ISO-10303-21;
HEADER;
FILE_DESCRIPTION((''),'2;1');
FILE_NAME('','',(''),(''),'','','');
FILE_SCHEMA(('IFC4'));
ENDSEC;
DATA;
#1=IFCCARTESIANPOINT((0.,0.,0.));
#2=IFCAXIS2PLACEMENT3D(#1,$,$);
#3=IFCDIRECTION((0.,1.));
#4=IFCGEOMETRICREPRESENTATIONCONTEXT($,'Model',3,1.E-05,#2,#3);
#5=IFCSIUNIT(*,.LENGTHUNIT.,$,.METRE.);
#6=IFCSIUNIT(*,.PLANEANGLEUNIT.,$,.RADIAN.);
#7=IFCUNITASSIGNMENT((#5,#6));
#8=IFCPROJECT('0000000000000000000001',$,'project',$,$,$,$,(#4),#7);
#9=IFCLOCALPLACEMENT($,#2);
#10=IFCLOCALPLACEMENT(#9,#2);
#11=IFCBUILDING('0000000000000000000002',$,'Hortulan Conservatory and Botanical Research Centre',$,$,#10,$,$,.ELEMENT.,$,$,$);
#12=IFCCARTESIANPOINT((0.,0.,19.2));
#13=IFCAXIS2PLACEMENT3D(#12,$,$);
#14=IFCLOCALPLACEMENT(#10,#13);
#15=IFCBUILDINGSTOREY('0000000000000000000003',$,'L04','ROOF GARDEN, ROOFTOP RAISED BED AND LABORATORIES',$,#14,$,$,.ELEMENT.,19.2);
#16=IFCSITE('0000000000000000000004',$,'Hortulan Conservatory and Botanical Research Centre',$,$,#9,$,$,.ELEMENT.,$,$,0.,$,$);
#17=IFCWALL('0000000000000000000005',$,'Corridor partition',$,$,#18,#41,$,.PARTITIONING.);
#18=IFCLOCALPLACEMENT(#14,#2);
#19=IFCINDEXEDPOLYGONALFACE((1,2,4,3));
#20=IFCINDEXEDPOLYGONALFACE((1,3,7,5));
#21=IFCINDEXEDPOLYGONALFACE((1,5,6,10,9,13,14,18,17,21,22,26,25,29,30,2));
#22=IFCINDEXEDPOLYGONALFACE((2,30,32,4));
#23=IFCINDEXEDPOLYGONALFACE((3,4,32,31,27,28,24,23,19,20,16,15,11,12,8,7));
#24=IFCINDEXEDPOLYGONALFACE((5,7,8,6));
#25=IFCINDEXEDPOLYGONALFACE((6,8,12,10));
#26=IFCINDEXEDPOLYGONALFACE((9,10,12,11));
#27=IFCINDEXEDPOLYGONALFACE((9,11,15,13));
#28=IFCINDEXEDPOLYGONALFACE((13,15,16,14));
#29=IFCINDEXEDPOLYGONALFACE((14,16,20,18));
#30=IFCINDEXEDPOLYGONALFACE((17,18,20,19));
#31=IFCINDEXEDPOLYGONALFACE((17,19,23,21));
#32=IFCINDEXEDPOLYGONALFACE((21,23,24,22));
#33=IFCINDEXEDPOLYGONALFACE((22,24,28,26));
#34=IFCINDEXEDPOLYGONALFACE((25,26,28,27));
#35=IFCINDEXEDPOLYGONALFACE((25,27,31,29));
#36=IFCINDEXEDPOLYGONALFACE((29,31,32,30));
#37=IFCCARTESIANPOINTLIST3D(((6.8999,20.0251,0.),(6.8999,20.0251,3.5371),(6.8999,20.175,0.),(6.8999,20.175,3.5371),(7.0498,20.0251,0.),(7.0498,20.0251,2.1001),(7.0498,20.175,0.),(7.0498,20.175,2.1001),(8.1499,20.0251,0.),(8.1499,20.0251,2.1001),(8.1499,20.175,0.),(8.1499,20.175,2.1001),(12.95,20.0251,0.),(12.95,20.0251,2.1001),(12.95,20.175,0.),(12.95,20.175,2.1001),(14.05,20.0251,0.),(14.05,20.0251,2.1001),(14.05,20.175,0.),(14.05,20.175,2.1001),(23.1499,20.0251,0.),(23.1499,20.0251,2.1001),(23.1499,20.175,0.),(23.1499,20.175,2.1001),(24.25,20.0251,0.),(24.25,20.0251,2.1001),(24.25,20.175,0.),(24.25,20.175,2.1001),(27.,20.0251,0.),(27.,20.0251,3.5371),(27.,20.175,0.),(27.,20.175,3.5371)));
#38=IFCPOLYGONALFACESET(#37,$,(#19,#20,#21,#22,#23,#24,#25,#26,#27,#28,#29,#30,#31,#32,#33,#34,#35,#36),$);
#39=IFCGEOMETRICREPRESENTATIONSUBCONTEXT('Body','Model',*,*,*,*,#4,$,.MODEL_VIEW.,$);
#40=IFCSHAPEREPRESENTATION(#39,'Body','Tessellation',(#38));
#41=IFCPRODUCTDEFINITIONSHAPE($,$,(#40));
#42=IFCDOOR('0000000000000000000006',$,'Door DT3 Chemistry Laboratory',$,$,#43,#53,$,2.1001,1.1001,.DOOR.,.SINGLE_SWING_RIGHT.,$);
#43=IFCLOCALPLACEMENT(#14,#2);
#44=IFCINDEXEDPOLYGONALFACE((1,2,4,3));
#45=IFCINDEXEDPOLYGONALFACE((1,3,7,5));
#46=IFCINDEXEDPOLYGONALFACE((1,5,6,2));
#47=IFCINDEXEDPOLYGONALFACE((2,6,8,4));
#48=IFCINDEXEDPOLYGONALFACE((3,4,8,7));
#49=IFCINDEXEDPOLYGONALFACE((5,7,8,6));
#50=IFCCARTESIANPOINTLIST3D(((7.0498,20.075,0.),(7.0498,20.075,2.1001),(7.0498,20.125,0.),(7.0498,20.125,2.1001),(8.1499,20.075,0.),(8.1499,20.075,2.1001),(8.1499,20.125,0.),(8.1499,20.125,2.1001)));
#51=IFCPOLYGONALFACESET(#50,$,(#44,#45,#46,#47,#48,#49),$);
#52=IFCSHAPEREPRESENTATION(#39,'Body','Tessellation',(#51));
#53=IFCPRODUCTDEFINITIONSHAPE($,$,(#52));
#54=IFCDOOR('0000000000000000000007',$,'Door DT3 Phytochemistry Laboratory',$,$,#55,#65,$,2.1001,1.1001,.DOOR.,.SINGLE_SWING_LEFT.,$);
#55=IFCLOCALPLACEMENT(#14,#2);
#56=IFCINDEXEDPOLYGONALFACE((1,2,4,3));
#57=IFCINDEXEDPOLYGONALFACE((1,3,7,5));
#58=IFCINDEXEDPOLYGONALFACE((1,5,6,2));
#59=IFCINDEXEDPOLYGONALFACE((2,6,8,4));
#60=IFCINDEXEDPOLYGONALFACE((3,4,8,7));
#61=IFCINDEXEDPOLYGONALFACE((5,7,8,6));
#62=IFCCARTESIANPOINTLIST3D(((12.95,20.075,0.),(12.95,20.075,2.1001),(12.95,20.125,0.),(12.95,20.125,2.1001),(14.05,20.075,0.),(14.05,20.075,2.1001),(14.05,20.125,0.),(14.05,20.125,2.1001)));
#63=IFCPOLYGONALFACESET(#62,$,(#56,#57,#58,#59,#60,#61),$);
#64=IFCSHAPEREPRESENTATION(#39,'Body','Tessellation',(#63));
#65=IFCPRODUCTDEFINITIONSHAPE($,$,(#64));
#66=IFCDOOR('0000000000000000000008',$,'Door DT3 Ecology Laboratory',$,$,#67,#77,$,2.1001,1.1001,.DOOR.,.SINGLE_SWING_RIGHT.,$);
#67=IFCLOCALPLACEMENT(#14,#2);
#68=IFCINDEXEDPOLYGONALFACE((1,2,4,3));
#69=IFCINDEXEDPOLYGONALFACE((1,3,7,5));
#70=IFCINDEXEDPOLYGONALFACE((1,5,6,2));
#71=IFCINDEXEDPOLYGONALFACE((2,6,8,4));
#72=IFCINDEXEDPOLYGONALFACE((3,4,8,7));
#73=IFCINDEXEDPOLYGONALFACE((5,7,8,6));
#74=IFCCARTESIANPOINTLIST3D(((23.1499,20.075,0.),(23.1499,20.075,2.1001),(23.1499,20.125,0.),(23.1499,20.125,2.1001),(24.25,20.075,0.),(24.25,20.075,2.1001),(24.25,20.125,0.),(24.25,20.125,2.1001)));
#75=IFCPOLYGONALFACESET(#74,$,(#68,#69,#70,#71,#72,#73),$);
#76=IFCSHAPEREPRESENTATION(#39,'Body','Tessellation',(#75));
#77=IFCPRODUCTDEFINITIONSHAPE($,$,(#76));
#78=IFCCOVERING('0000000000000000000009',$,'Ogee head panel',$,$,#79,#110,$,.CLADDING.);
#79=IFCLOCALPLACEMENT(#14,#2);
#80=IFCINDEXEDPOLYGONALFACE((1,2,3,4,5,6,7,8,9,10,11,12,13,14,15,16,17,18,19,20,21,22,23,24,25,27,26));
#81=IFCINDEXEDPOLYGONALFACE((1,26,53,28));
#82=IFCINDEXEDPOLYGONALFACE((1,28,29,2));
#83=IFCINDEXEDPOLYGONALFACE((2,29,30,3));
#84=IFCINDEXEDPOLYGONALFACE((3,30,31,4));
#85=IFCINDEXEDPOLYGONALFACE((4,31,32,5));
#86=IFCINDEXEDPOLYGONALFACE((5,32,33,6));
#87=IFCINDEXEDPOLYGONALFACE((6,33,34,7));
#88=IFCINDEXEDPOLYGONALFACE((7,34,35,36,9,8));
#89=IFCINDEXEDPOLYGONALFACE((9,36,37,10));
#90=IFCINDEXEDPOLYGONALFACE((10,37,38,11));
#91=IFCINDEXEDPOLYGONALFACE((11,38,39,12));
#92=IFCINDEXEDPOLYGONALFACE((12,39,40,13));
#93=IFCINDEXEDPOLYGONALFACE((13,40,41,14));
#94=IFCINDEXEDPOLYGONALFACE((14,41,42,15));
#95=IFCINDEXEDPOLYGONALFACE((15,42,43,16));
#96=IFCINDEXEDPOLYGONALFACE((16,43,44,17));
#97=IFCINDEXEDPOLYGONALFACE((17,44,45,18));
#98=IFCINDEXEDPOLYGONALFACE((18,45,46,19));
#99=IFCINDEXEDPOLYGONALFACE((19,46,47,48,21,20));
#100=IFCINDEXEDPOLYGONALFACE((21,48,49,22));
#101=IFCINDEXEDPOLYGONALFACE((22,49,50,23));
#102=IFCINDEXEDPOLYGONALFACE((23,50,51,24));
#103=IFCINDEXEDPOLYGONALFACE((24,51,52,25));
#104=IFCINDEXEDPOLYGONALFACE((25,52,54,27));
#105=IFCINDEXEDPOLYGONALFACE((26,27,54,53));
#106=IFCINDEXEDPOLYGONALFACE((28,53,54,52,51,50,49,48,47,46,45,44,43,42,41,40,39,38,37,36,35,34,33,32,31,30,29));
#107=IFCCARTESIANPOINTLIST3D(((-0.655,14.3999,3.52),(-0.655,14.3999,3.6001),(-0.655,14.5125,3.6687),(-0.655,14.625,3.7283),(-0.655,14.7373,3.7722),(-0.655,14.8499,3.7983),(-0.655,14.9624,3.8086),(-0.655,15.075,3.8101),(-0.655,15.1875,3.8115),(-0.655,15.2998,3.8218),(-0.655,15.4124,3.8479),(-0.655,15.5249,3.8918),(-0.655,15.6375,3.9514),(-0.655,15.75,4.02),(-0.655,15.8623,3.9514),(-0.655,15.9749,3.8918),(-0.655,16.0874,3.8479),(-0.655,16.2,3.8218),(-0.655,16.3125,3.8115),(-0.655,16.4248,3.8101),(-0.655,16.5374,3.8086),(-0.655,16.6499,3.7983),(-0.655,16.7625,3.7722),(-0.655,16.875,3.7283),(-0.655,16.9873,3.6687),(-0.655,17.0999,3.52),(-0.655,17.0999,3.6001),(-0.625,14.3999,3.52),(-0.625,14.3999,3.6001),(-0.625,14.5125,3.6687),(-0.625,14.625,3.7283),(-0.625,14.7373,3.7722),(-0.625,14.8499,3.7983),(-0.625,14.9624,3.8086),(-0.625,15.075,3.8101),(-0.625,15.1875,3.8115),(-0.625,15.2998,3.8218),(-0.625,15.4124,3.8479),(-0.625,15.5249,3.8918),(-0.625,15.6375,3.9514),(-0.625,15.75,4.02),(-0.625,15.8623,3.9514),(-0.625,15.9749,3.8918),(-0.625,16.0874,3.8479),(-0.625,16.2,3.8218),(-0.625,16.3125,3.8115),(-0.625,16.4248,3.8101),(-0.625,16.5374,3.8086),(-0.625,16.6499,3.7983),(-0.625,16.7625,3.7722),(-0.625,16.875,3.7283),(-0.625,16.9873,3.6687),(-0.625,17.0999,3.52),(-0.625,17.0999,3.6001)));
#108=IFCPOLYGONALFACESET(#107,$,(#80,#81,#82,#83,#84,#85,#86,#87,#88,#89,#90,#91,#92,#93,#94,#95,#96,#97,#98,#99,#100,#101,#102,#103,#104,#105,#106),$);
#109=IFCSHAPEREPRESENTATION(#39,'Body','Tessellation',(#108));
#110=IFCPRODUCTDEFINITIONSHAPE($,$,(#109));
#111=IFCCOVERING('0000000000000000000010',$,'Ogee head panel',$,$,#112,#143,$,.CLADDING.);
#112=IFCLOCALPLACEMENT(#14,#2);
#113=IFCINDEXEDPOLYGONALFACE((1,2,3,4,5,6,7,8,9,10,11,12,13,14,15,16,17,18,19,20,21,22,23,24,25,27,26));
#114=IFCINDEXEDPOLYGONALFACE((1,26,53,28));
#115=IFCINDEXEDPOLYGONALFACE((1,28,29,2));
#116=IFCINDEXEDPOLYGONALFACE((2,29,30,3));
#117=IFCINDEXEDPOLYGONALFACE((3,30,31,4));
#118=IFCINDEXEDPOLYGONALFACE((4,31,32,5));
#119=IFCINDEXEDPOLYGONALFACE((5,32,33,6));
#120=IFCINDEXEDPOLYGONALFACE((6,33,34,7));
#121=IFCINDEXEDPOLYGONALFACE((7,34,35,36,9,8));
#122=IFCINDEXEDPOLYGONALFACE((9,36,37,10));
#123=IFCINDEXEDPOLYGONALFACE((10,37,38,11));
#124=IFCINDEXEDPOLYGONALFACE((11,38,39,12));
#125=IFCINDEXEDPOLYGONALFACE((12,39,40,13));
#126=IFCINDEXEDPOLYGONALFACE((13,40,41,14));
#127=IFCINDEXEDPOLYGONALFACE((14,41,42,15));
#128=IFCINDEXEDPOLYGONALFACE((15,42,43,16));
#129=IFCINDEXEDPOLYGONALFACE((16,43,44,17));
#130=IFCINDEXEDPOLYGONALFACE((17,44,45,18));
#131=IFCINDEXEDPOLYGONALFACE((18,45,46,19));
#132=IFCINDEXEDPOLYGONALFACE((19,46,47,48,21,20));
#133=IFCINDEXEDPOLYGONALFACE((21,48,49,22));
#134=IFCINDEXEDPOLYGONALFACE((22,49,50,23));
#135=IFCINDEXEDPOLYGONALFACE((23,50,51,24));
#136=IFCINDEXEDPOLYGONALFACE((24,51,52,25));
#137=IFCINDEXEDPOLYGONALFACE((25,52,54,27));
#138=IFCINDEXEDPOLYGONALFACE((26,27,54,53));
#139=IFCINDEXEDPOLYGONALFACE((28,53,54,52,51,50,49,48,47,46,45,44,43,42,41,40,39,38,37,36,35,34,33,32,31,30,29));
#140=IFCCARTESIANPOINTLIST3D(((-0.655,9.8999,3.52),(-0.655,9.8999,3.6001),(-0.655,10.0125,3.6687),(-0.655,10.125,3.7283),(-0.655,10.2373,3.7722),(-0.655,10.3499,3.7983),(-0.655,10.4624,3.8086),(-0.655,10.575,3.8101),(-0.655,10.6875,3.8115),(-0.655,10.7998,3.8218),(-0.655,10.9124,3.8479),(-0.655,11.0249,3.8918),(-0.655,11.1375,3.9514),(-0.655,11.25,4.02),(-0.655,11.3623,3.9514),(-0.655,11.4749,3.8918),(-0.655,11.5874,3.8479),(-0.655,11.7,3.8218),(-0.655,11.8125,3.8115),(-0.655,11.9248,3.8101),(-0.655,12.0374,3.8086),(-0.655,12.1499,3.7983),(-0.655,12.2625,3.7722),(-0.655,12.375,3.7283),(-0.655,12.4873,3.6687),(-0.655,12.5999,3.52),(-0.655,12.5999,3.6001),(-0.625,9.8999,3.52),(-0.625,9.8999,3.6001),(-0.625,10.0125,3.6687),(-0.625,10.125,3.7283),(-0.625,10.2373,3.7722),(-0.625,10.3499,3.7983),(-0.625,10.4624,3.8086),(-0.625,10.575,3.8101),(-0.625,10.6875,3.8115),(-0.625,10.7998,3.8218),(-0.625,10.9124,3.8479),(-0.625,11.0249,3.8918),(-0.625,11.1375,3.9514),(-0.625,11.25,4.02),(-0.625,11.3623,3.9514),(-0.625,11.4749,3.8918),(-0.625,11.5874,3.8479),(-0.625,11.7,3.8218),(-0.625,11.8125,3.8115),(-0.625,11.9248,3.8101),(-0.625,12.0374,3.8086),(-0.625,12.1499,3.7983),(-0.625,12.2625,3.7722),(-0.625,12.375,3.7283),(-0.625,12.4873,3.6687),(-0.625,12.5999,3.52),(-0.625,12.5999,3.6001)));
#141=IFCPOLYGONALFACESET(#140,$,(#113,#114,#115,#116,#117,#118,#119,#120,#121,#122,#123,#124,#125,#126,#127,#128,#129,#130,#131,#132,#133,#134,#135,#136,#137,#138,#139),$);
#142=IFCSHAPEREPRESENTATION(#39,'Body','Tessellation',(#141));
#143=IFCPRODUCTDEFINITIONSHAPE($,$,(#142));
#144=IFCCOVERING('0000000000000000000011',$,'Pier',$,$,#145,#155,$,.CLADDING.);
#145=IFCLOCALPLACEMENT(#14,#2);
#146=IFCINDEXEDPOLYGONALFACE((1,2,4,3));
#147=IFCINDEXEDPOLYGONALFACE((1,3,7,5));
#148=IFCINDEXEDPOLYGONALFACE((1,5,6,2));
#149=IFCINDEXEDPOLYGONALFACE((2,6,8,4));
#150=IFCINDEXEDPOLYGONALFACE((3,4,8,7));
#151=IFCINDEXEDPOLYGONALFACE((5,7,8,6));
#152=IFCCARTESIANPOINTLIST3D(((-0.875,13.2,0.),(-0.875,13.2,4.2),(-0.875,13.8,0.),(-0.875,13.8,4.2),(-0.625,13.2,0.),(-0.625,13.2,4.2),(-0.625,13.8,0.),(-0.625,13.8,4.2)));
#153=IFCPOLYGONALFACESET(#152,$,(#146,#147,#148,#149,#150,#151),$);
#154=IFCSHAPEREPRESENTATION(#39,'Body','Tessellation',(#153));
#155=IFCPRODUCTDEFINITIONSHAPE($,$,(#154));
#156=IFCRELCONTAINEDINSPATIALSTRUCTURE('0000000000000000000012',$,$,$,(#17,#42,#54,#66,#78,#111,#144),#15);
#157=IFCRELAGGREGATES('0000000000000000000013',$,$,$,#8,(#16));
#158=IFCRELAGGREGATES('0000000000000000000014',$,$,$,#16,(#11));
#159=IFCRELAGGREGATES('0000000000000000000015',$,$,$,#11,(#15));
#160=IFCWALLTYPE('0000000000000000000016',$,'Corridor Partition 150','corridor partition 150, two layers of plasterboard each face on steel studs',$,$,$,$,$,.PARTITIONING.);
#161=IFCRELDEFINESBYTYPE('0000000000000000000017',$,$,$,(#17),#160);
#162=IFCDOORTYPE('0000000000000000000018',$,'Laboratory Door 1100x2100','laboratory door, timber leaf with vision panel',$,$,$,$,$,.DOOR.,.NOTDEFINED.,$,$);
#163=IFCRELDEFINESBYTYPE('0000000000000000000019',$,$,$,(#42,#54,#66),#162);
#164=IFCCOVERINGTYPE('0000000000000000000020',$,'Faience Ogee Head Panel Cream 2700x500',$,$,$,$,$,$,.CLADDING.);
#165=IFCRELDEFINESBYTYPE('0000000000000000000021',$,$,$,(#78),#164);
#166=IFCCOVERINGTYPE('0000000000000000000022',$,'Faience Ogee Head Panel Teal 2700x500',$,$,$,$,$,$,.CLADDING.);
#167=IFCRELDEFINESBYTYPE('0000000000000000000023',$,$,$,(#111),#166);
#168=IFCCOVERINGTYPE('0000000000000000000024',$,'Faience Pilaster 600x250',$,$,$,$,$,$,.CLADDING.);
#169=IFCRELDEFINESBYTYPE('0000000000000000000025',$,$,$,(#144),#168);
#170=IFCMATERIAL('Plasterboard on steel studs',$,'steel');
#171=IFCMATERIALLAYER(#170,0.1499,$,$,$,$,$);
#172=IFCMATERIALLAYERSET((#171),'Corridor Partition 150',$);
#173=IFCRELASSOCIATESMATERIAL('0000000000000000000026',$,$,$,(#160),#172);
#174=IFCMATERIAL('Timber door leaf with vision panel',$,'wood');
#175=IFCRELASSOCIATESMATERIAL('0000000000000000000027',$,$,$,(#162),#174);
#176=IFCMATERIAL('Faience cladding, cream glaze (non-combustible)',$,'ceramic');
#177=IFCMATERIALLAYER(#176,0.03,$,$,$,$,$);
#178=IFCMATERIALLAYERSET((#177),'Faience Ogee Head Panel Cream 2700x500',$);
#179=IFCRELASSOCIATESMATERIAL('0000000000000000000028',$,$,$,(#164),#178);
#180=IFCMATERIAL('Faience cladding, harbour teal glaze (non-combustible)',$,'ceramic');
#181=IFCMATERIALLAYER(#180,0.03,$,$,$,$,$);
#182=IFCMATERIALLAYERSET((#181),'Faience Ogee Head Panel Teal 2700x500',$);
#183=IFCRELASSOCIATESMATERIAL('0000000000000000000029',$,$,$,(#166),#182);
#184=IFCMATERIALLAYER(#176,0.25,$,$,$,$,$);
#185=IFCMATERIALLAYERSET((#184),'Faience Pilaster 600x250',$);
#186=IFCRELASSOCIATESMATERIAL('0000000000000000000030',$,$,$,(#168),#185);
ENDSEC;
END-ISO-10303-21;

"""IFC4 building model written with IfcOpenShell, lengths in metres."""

from ifc_helpers import new_model, si_unit, direction, frame, frame_2d, origin, origin_2d, place, context, subcontext, project, spatial, polyline, rectangle, outline, extrude, material, layer, layer_set, type_object, element, fill, save


model = new_model("IFC4")

# Units and contexts
model_context = context("Model", 3, precision=1e-05, world=origin(), true_north=direction((0.0, 1.0)))
body_context = subcontext(model_context, "Body", "Model", "MODEL_VIEW")
ifc_project = project(units=[si_unit("LENGTHUNIT", "METRE"), si_unit("PLANEANGLEUNIT", "RADIAN")], contexts=[model_context])

# Site, building, storey
site_placement = place(None, origin())
site = spatial("IfcSite", under=ifc_project, at=site_placement, Name="Hortulan Conservatory and Botanical Research Centre", CompositionType="ELEMENT", RefElevation=0.0)
building_placement = place(site_placement, origin())
building = spatial("IfcBuilding", under=site, at=building_placement, Name="Hortulan Conservatory and Botanical Research Centre", CompositionType="ELEMENT")
storey_placement = place(building_placement, frame((0.0, 0.0, 19.2)))
storey = spatial("IfcBuildingStorey", under=building, at=storey_placement, Name="L04", Description="ROOF GARDEN, ROOFTOP RAISED BED AND LABORATORIES", CompositionType="ELEMENT", Elevation=19.2)

# Shared definitions
ifc_material_1 = material(Name="Plasterboard on steel studs", Category="steel")
ifc_layer_1 = layer(ifc_material_1, 0.1499)
ifc_layer_set_1 = layer_set([ifc_layer_1], Name="Corridor Partition 150")
wall_type_1 = type_object("IfcWallType", Name="Corridor Partition 150", Description="corridor partition 150, two layers of plasterboard each face on steel studs", PredefinedType="PARTITIONING", material=ifc_layer_set_1)

# Wall, openings, doors
wall_1_placement = place(storey_placement, frame((6.8999, 20.1001, 0.0), z_axis=(0.0, 0.0, 1.0), x_axis=(1.0, 0.0, 0.0)))
wall_1 = element("IfcWall", 1, at=wall_1_placement, inside=storey, type_object=wall_type_1, Name="Corridor partition", PredefinedType="PARTITIONING", context=body_context, shape_type="SweptSolid", body=[
    extrude(rectangle(XDim=20.1001, YDim=0.1499, at=frame_2d((10.05, 0.0))), origin(), (0.0, 0.0, 1.0), 3.5371),
])
opening_1_placement = place(wall_1_placement, frame((0.1499, 0.0, 0.0)))
opening_1 = element("IfcOpeningElement", 2, at=opening_1_placement, cuts=wall_1, PredefinedType="OPENING", context=body_context, shape_type="SweptSolid", body=[
    extrude(rectangle(XDim=1.1001, YDim=2.1001, at=frame_2d((0.55, 1.05))), frame((0.0, 0.085, 0.0), z_axis=(0.0, -1.0, 0.0), x_axis=(1.0, 0.0, 0.0)), (0.0, 0.0, 1.0), 0.1699),
])
opening_2_placement = place(wall_1_placement, frame((6.05, 0.0, 0.0)))
opening_2 = element("IfcOpeningElement", 3, at=opening_2_placement, cuts=wall_1, PredefinedType="OPENING", context=body_context, shape_type="SweptSolid", body=[
    extrude(rectangle(XDim=1.1001, YDim=2.1001, at=frame_2d((0.55, 1.05))), frame((0.0, 0.085, 0.0), z_axis=(0.0, -1.0, 0.0), x_axis=(1.0, 0.0, 0.0)), (0.0, 0.0, 1.0), 0.1699),
])
opening_3_placement = place(wall_1_placement, frame((16.25, 0.0, 0.0)))
opening_3 = element("IfcOpeningElement", 4, at=opening_3_placement, cuts=wall_1, PredefinedType="OPENING", context=body_context, shape_type="SweptSolid", body=[
    extrude(rectangle(XDim=1.1001, YDim=2.1001, at=frame_2d((0.55, 1.05))), frame((0.0, 0.085, 0.0), z_axis=(0.0, -1.0, 0.0), x_axis=(1.0, 0.0, 0.0)), (0.0, 0.0, 1.0), 0.1699),
])
ifc_material_2 = material(Name="Timber door leaf with vision panel", Category="wood")
door_type = type_object("IfcDoorType", Name="Laboratory Door 1100x2100", Description="laboratory door, timber leaf with vision panel", OperationType="NOTDEFINED", PredefinedType="DOOR", material=ifc_material_2)
door_1_placement = place(opening_1_placement, origin())
door_1 = element("IfcDoor", 5, at=door_1_placement, inside=storey, type_object=door_type, Name="Door DT3 Chemistry Laboratory", OperationType="SINGLE_SWING_RIGHT", OverallHeight=2.1001, OverallWidth=1.1001, PredefinedType="DOOR", context=body_context, shape_type="SweptSolid", body=[
    extrude(rectangle(XDim=1.1001, YDim=2.1001, at=frame_2d((0.55, 1.05))), frame((0.0, 0.0249, 0.0), z_axis=(0.0, -1.0, 0.0), x_axis=(1.0, 0.0, 0.0)), (0.0, 0.0, 1.0), 0.05),
])
fill(opening_1, door_1)
door_2_placement = place(opening_2_placement, origin())
door_2 = element("IfcDoor", 6, at=door_2_placement, inside=storey, type_object=door_type, Name="Door DT3 Phytochemistry Laboratory", OperationType="SINGLE_SWING_LEFT", OverallHeight=2.1001, OverallWidth=1.1001, PredefinedType="DOOR", context=body_context, shape_type="SweptSolid", body=[
    extrude(rectangle(XDim=1.1001, YDim=2.1001, at=frame_2d((0.55, 1.05))), frame((0.0, 0.0249, 0.0), z_axis=(0.0, -1.0, 0.0), x_axis=(1.0, 0.0, 0.0)), (0.0, 0.0, 1.0), 0.05),
])
fill(opening_2, door_2)
door_3_placement = place(opening_3_placement, origin())
door_3 = element("IfcDoor", 7, at=door_3_placement, inside=storey, type_object=door_type, Name="Door DT3 Ecology Laboratory", OperationType="SINGLE_SWING_RIGHT", OverallHeight=2.1001, OverallWidth=1.1001, PredefinedType="DOOR", context=body_context, shape_type="SweptSolid", body=[
    extrude(rectangle(XDim=1.1001, YDim=2.1001, at=frame_2d((0.55, 1.05))), frame((0.0, 0.0249, 0.0), z_axis=(0.0, -1.0, 0.0), x_axis=(1.0, 0.0, 0.0)), (0.0, 0.0, 1.0), 0.05),
])
fill(opening_3, door_3)

# Coverings
ifc_material_3 = material(Name="Faience cladding, cream glaze (non-combustible)", Category="ceramic")
ifc_layer_2 = layer(ifc_material_3, 0.03)
ifc_layer_set_2 = layer_set([ifc_layer_2], Name="Faience Ogee Head Panel Cream 2700x500")
covering_type_1 = type_object("IfcCoveringType", Name="Faience Ogee Head Panel Cream 2700x500", PredefinedType="CLADDING", material=ifc_layer_set_2)
covering_1_placement = place(storey_placement, frame((-0.6399, 14.3999, 3.52), z_axis=(0.0, 0.0, 1.0), x_axis=(0.0, 1.0, 0.0)))
element("IfcCovering", 8, at=covering_1_placement, inside=storey, type_object=covering_type_1, Name="Ogee head panel", PredefinedType="CLADDING", context=body_context, shape_type="SweptSolid", body=[
    extrude(outline(polyline([(0.0, 0.0), (2.7, 0.0), (2.7, 0.0801), (2.5874, 0.1487), (2.4751, 0.2083), (2.3625, 0.2522), (2.25, 0.2783), (2.1375, 0.2886), (2.0249, 0.29), (1.9126, 0.2915), (1.8, 0.3018), (1.6875, 0.3279), (1.575, 0.3718), (1.4624, 0.4314), (1.3501, 0.5), (1.2375, 0.4314), (1.125, 0.3718), (1.0125, 0.3279), (0.8999, 0.3018), (0.7876, 0.2915), (0.675, 0.29), (0.5625, 0.2886), (0.45, 0.2783), (0.3374, 0.2522), (0.2251, 0.2083), (0.1125, 0.1487), (0.0, 0.0801), (0.0, 0.0)])), frame((0.0, 0.0151, 0.0), z_axis=(0.0, -1.0, 0.0), x_axis=(1.0, 0.0, 0.0)), (0.0, 0.0, 1.0), 0.03),
])
ifc_material_4 = material(Name="Faience cladding, harbour teal glaze (non-combustible)", Category="ceramic")
ifc_layer_3 = layer(ifc_material_4, 0.03)
ifc_layer_set_3 = layer_set([ifc_layer_3], Name="Faience Ogee Head Panel Teal 2700x500")
covering_type_2 = type_object("IfcCoveringType", Name="Faience Ogee Head Panel Teal 2700x500", PredefinedType="CLADDING", material=ifc_layer_set_3)
covering_2_placement = place(storey_placement, frame((-0.6399, 9.8999, 3.52), z_axis=(0.0, 0.0, 1.0), x_axis=(0.0, 1.0, 0.0)))
element("IfcCovering", 9, at=covering_2_placement, inside=storey, type_object=covering_type_2, Name="Ogee head panel", PredefinedType="CLADDING", context=body_context, shape_type="SweptSolid", body=[
    extrude(outline(polyline([(0.0, 0.0), (2.7, 0.0), (2.7, 0.0801), (2.5874, 0.1487), (2.4751, 0.2083), (2.3625, 0.2522), (2.25, 0.2783), (2.1375, 0.2886), (2.0249, 0.29), (1.9126, 0.2915), (1.8, 0.3018), (1.6875, 0.3279), (1.575, 0.3718), (1.4624, 0.4314), (1.3501, 0.5), (1.2375, 0.4314), (1.125, 0.3718), (1.0125, 0.3279), (0.8999, 0.3018), (0.7876, 0.2915), (0.675, 0.29), (0.5625, 0.2886), (0.45, 0.2783), (0.3374, 0.2522), (0.2251, 0.2083), (0.1125, 0.1487), (0.0, 0.0801), (0.0, 0.0)])), frame((0.0, 0.0151, 0.0), z_axis=(0.0, -1.0, 0.0), x_axis=(1.0, 0.0, 0.0)), (0.0, 0.0, 1.0), 0.03),
])
ifc_layer_4 = layer(ifc_material_3, 0.25)
ifc_layer_set_4 = layer_set([ifc_layer_4], Name="Faience Pilaster 600x250")
covering_type_3 = type_object("IfcCoveringType", Name="Faience Pilaster 600x250", PredefinedType="CLADDING", material=ifc_layer_set_4)
covering_3_placement = place(storey_placement, frame((-0.75, 13.5, 0.0), z_axis=(0.0, 0.0, 1.0), x_axis=(0.0, 1.0, 0.0)))
element("IfcCovering", 10, at=covering_3_placement, inside=storey, type_object=covering_type_3, Name="Pier", PredefinedType="CLADDING", context=body_context, shape_type="SweptSolid", body=[
    extrude(rectangle(XDim=0.6001, YDim=0.25, at=origin_2d()), origin(), (0.0, 0.0, 1.0), 4.2),
])

save(model, "model.ifc")
